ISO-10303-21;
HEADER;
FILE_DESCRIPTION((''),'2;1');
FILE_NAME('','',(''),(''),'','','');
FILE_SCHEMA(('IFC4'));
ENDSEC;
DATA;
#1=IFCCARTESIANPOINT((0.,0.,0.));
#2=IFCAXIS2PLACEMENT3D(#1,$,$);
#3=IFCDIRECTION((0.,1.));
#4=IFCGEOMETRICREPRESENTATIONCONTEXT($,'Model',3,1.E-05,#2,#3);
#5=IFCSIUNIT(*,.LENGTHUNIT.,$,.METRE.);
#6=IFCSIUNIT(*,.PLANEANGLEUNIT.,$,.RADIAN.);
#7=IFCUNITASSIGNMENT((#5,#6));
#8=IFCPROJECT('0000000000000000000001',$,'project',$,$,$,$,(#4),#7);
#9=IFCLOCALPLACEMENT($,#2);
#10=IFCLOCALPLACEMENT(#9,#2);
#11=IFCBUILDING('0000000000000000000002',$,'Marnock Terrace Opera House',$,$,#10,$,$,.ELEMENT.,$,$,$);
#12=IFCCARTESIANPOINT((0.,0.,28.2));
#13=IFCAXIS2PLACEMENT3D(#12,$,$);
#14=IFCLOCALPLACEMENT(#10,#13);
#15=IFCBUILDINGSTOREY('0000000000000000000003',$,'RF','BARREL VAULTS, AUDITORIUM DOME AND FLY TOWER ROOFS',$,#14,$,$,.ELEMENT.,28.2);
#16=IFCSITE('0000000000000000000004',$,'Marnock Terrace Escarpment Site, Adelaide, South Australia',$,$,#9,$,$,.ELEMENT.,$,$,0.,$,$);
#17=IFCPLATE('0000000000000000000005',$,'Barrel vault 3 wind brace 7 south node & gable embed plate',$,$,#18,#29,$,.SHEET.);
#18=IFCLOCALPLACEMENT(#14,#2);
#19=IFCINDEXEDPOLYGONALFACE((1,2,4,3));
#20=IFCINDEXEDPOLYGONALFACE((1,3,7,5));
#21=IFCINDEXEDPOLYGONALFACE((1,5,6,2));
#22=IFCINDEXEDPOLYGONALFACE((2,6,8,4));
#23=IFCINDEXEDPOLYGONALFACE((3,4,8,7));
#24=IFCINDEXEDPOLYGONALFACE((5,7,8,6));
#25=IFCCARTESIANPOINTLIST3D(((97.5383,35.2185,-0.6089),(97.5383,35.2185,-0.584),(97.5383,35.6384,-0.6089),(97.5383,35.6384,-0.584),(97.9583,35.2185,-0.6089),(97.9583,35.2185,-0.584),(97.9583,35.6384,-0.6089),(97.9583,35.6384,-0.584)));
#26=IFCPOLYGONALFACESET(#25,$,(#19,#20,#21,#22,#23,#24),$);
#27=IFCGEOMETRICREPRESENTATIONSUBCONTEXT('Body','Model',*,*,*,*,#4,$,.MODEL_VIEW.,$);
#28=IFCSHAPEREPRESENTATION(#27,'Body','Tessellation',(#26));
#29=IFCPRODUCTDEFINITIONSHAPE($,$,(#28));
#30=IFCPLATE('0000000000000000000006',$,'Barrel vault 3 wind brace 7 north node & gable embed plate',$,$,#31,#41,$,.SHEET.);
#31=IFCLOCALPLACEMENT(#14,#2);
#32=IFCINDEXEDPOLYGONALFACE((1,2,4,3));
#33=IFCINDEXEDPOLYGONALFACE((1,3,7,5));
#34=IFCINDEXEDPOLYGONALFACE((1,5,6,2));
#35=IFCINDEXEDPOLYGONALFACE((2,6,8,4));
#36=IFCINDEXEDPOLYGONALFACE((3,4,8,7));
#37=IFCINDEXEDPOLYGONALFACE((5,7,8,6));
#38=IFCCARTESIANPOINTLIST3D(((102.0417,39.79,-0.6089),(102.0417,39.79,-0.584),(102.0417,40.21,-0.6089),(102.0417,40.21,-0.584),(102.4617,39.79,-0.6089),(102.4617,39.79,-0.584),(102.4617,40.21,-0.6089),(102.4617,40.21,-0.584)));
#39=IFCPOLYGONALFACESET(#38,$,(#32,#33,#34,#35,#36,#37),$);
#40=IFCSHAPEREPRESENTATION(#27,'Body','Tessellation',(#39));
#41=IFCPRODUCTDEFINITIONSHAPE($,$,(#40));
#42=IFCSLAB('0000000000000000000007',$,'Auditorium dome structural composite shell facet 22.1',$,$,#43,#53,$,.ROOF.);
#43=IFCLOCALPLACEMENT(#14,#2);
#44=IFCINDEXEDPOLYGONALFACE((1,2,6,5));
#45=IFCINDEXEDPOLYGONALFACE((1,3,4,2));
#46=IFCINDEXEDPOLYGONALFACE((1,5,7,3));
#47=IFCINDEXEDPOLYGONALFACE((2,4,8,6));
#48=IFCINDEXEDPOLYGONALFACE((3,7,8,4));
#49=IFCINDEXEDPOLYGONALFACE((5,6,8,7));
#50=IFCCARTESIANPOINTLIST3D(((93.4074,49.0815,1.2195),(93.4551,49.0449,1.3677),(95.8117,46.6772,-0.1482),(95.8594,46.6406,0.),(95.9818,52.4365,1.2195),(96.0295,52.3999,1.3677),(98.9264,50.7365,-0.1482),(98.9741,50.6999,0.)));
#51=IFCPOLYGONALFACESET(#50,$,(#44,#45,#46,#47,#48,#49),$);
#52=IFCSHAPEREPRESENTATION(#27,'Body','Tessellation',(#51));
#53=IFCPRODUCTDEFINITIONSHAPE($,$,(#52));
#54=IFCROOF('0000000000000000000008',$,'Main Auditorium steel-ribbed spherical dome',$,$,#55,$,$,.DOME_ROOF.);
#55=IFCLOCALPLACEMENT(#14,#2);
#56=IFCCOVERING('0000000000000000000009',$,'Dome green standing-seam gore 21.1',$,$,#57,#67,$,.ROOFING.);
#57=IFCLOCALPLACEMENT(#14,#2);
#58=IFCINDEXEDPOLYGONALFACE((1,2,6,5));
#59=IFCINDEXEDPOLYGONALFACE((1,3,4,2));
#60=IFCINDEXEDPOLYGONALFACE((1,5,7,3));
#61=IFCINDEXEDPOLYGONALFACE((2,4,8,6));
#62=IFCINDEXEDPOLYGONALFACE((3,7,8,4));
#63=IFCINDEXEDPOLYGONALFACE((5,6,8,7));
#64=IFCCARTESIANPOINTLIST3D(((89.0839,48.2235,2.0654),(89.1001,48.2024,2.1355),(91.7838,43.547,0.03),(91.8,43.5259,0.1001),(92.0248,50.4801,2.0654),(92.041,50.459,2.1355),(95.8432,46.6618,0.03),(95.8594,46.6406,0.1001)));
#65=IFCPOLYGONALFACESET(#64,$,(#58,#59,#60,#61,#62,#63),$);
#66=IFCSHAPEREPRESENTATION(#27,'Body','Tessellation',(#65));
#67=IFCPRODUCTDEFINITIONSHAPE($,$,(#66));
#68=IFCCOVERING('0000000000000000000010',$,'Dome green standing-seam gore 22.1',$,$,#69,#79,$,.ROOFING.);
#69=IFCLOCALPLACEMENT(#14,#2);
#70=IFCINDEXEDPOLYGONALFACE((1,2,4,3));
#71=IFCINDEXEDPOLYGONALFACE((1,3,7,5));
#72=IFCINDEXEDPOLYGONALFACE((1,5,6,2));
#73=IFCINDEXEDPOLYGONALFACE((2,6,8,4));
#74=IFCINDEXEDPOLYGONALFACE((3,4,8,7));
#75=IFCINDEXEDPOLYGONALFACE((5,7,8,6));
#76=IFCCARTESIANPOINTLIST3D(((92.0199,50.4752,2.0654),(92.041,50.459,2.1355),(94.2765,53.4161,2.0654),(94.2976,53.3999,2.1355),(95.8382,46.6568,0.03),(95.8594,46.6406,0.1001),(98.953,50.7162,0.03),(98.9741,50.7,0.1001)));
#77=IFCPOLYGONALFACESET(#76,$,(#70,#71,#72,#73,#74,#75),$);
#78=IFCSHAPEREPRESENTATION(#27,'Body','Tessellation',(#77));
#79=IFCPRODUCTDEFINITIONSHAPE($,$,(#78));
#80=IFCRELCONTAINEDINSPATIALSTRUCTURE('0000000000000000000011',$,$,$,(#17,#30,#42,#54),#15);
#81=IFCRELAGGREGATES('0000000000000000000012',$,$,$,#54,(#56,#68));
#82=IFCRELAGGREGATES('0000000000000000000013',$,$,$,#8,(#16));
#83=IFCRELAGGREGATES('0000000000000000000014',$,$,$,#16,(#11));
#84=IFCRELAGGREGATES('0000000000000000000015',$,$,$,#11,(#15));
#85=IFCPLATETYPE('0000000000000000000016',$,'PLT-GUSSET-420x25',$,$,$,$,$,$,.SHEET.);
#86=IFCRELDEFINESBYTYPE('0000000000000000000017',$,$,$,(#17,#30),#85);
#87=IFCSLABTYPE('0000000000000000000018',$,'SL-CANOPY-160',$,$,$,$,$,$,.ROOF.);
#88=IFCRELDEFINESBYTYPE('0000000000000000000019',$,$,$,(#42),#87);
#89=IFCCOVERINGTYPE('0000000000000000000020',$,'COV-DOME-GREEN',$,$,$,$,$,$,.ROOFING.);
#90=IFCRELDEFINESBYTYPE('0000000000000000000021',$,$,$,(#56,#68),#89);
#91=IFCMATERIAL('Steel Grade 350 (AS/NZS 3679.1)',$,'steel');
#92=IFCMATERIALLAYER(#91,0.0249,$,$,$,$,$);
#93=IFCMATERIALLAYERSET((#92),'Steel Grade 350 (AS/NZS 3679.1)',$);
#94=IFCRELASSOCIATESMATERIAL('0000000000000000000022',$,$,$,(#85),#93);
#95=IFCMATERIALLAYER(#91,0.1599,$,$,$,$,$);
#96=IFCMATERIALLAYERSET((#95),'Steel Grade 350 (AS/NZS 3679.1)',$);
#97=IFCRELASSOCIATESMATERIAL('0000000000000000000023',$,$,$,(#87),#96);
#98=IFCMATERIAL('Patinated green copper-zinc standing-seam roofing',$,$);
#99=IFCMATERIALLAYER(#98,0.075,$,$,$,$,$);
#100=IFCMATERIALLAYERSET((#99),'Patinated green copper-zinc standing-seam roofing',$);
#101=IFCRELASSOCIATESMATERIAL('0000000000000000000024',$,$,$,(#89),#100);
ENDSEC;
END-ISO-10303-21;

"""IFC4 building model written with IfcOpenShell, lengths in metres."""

from ifc_helpers import new_model, si_unit, direction, frame, origin, origin_2d, place, context, subcontext, project, spatial, polyline, rectangle, outline, extrude, material, layer, layer_set, type_object, element, aggregate, save


model = new_model("IFC4")

# Units and contexts
model_context = context("Model", 3, precision=1e-05, world=origin(), true_north=direction((0.0, 1.0)))
body_context = subcontext(model_context, "Body", "Model", "MODEL_VIEW")
ifc_project = project(units=[si_unit("LENGTHUNIT", "METRE"), si_unit("PLANEANGLEUNIT", "RADIAN")], contexts=[model_context])

# Site, building, storey
site_placement = place(None, origin())
site = spatial("IfcSite", under=ifc_project, at=site_placement, Name="Marnock Terrace Escarpment Site, Adelaide, South Australia", CompositionType="ELEMENT", RefElevation=0.0)
building_placement = place(site_placement, origin())
building = spatial("IfcBuilding", under=site, at=building_placement, Name="Marnock Terrace Opera House", CompositionType="ELEMENT")
storey_placement = place(building_placement, frame((0.0, 0.0, 28.2)))
storey = spatial("IfcBuildingStorey", under=building, at=storey_placement, Name="RF", Description="BARREL VAULTS, AUDITORIUM DOME AND FLY TOWER ROOFS", CompositionType="ELEMENT", Elevation=28.2)

# Shared definitions
ifc_material_1 = material(Name="Steel Grade 350 (AS/NZS 3679.1)", Category="steel")

# Plates
ifc_layer_1 = layer(ifc_material_1, 0.0249)
ifc_layer_set_1 = layer_set([ifc_layer_1], Name="Steel Grade 350 (AS/NZS 3679.1)")
plate_type = type_object("IfcPlateType", Name="PLT-GUSSET-420x25", PredefinedType="SHEET", material=ifc_layer_set_1)
for number, where, z_axis, x_axis, name in (
    (1, (97.7483, 35.4285, -0.6089), (0.0, 0.0, 1.0), (1.0, 0.0, 0.0), "Barrel vault 3 wind brace 7 south node & gable embed plate"),
    (2, (102.2517, 40.0, -0.6089), (0.0, 0.0, 1.0), (1.0, 0.0, 0.0), "Barrel vault 3 wind brace 7 north node & gable embed plate"),
):
    element("IfcPlate", number, at=place(storey_placement, frame(where, z_axis=z_axis, x_axis=x_axis)), inside=storey, type_object=plate_type, Name=name, PredefinedType="SHEET", context=body_context, shape_type="SweptSolid", body=[
        extrude(rectangle(XDim=0.4199, YDim=0.4199, at=origin_2d()), origin(), (0.0, 0.0, 1.0), 0.0249),
    ])

# Slab
ifc_layer_2 = layer(ifc_material_1, 0.1599)
ifc_layer_set_2 = layer_set([ifc_layer_2], Name="Steel Grade 350 (AS/NZS 3679.1)")
slab_type = type_object("IfcSlabType", Name="SL-CANOPY-160", PredefinedType="ROOF", material=ifc_layer_set_2)
slab_placement = place(storey_placement, frame((95.8594, 46.6406, 0.0), z_axis=(0.298262, -0.228865, 0.926639), x_axis=(0.608753, 0.79336, 0.000005)))
element("IfcSlab", 3, at=slab_placement, inside=storey, type_object=slab_type, Name="Auditorium dome structural composite shell facet 22.1", PredefinedType="ROOF", context=body_context, shape_type="SweptSolid", body=[
    extrude(outline(polyline([(0.0, 0.0), (5.1166, 0.0), (4.6728, 3.6378), (0.4439, 3.638), (0.0, 0.0)])), origin(), (0.0, 0.0, -1.0), 0.1599),
])

# Roof, coverings
roof_placement = place(storey_placement, origin())
roof = element("IfcRoof", 4, at=roof_placement, inside=storey, Name="Main Auditorium steel-ribbed spherical dome", PredefinedType="DOME_ROOF")
ifc_material_2 = material(Name="Patinated green copper-zinc standing-seam roofing")
ifc_layer_3 = layer(ifc_material_2, 0.075)
ifc_layer_set_3 = layer_set([ifc_layer_3], Name="Patinated green copper-zinc standing-seam roofing")
covering_type = type_object("IfcCoveringType", Name="COV-DOME-GREEN", PredefinedType="ROOFING", material=ifc_layer_set_3)
covering_1_placement = place(storey_placement, frame((91.8, 43.5259, 0.1001), z_axis=(0.216329, -0.281933, 0.934727), x_axis=(0.793361, 0.608751, 0.0)))
covering_1 = element("IfcCovering", 5, at=covering_1_placement, type_object=covering_type, Name="Dome green standing-seam gore 21.1", PredefinedType="ROOFING", context=body_context, shape_type="SweptSolid", body=[
    extrude(outline(polyline([(0.0, 0.0), (5.1166, 0.0), (4.4117, 5.7276), (0.7048, 5.7276), (0.0, 0.0)])), origin(), (0.0, 0.0, -1.0), 0.075),
])
covering_2_placement = place(storey_placement, frame((95.8594, 46.6406, 0.1001), z_axis=(0.281933, -0.216329, 0.934727), x_axis=(0.608751, 0.793361, 0.0)))
covering_2 = element("IfcCovering", 6, at=covering_2_placement, type_object=covering_type, Name="Dome green standing-seam gore 22.1", PredefinedType="ROOFING", context=body_context, shape_type="SweptSolid", body=[
    extrude(outline(polyline([(0.0, 0.0), (5.1166, 0.0), (4.4118, 5.7276), (0.7049, 5.7276), (0.0, 0.0)])), origin(), (0.0, 0.0, -1.0), 0.075),
])
aggregate(roof, [covering_1, covering_2])

save(model, "model.ifc")
